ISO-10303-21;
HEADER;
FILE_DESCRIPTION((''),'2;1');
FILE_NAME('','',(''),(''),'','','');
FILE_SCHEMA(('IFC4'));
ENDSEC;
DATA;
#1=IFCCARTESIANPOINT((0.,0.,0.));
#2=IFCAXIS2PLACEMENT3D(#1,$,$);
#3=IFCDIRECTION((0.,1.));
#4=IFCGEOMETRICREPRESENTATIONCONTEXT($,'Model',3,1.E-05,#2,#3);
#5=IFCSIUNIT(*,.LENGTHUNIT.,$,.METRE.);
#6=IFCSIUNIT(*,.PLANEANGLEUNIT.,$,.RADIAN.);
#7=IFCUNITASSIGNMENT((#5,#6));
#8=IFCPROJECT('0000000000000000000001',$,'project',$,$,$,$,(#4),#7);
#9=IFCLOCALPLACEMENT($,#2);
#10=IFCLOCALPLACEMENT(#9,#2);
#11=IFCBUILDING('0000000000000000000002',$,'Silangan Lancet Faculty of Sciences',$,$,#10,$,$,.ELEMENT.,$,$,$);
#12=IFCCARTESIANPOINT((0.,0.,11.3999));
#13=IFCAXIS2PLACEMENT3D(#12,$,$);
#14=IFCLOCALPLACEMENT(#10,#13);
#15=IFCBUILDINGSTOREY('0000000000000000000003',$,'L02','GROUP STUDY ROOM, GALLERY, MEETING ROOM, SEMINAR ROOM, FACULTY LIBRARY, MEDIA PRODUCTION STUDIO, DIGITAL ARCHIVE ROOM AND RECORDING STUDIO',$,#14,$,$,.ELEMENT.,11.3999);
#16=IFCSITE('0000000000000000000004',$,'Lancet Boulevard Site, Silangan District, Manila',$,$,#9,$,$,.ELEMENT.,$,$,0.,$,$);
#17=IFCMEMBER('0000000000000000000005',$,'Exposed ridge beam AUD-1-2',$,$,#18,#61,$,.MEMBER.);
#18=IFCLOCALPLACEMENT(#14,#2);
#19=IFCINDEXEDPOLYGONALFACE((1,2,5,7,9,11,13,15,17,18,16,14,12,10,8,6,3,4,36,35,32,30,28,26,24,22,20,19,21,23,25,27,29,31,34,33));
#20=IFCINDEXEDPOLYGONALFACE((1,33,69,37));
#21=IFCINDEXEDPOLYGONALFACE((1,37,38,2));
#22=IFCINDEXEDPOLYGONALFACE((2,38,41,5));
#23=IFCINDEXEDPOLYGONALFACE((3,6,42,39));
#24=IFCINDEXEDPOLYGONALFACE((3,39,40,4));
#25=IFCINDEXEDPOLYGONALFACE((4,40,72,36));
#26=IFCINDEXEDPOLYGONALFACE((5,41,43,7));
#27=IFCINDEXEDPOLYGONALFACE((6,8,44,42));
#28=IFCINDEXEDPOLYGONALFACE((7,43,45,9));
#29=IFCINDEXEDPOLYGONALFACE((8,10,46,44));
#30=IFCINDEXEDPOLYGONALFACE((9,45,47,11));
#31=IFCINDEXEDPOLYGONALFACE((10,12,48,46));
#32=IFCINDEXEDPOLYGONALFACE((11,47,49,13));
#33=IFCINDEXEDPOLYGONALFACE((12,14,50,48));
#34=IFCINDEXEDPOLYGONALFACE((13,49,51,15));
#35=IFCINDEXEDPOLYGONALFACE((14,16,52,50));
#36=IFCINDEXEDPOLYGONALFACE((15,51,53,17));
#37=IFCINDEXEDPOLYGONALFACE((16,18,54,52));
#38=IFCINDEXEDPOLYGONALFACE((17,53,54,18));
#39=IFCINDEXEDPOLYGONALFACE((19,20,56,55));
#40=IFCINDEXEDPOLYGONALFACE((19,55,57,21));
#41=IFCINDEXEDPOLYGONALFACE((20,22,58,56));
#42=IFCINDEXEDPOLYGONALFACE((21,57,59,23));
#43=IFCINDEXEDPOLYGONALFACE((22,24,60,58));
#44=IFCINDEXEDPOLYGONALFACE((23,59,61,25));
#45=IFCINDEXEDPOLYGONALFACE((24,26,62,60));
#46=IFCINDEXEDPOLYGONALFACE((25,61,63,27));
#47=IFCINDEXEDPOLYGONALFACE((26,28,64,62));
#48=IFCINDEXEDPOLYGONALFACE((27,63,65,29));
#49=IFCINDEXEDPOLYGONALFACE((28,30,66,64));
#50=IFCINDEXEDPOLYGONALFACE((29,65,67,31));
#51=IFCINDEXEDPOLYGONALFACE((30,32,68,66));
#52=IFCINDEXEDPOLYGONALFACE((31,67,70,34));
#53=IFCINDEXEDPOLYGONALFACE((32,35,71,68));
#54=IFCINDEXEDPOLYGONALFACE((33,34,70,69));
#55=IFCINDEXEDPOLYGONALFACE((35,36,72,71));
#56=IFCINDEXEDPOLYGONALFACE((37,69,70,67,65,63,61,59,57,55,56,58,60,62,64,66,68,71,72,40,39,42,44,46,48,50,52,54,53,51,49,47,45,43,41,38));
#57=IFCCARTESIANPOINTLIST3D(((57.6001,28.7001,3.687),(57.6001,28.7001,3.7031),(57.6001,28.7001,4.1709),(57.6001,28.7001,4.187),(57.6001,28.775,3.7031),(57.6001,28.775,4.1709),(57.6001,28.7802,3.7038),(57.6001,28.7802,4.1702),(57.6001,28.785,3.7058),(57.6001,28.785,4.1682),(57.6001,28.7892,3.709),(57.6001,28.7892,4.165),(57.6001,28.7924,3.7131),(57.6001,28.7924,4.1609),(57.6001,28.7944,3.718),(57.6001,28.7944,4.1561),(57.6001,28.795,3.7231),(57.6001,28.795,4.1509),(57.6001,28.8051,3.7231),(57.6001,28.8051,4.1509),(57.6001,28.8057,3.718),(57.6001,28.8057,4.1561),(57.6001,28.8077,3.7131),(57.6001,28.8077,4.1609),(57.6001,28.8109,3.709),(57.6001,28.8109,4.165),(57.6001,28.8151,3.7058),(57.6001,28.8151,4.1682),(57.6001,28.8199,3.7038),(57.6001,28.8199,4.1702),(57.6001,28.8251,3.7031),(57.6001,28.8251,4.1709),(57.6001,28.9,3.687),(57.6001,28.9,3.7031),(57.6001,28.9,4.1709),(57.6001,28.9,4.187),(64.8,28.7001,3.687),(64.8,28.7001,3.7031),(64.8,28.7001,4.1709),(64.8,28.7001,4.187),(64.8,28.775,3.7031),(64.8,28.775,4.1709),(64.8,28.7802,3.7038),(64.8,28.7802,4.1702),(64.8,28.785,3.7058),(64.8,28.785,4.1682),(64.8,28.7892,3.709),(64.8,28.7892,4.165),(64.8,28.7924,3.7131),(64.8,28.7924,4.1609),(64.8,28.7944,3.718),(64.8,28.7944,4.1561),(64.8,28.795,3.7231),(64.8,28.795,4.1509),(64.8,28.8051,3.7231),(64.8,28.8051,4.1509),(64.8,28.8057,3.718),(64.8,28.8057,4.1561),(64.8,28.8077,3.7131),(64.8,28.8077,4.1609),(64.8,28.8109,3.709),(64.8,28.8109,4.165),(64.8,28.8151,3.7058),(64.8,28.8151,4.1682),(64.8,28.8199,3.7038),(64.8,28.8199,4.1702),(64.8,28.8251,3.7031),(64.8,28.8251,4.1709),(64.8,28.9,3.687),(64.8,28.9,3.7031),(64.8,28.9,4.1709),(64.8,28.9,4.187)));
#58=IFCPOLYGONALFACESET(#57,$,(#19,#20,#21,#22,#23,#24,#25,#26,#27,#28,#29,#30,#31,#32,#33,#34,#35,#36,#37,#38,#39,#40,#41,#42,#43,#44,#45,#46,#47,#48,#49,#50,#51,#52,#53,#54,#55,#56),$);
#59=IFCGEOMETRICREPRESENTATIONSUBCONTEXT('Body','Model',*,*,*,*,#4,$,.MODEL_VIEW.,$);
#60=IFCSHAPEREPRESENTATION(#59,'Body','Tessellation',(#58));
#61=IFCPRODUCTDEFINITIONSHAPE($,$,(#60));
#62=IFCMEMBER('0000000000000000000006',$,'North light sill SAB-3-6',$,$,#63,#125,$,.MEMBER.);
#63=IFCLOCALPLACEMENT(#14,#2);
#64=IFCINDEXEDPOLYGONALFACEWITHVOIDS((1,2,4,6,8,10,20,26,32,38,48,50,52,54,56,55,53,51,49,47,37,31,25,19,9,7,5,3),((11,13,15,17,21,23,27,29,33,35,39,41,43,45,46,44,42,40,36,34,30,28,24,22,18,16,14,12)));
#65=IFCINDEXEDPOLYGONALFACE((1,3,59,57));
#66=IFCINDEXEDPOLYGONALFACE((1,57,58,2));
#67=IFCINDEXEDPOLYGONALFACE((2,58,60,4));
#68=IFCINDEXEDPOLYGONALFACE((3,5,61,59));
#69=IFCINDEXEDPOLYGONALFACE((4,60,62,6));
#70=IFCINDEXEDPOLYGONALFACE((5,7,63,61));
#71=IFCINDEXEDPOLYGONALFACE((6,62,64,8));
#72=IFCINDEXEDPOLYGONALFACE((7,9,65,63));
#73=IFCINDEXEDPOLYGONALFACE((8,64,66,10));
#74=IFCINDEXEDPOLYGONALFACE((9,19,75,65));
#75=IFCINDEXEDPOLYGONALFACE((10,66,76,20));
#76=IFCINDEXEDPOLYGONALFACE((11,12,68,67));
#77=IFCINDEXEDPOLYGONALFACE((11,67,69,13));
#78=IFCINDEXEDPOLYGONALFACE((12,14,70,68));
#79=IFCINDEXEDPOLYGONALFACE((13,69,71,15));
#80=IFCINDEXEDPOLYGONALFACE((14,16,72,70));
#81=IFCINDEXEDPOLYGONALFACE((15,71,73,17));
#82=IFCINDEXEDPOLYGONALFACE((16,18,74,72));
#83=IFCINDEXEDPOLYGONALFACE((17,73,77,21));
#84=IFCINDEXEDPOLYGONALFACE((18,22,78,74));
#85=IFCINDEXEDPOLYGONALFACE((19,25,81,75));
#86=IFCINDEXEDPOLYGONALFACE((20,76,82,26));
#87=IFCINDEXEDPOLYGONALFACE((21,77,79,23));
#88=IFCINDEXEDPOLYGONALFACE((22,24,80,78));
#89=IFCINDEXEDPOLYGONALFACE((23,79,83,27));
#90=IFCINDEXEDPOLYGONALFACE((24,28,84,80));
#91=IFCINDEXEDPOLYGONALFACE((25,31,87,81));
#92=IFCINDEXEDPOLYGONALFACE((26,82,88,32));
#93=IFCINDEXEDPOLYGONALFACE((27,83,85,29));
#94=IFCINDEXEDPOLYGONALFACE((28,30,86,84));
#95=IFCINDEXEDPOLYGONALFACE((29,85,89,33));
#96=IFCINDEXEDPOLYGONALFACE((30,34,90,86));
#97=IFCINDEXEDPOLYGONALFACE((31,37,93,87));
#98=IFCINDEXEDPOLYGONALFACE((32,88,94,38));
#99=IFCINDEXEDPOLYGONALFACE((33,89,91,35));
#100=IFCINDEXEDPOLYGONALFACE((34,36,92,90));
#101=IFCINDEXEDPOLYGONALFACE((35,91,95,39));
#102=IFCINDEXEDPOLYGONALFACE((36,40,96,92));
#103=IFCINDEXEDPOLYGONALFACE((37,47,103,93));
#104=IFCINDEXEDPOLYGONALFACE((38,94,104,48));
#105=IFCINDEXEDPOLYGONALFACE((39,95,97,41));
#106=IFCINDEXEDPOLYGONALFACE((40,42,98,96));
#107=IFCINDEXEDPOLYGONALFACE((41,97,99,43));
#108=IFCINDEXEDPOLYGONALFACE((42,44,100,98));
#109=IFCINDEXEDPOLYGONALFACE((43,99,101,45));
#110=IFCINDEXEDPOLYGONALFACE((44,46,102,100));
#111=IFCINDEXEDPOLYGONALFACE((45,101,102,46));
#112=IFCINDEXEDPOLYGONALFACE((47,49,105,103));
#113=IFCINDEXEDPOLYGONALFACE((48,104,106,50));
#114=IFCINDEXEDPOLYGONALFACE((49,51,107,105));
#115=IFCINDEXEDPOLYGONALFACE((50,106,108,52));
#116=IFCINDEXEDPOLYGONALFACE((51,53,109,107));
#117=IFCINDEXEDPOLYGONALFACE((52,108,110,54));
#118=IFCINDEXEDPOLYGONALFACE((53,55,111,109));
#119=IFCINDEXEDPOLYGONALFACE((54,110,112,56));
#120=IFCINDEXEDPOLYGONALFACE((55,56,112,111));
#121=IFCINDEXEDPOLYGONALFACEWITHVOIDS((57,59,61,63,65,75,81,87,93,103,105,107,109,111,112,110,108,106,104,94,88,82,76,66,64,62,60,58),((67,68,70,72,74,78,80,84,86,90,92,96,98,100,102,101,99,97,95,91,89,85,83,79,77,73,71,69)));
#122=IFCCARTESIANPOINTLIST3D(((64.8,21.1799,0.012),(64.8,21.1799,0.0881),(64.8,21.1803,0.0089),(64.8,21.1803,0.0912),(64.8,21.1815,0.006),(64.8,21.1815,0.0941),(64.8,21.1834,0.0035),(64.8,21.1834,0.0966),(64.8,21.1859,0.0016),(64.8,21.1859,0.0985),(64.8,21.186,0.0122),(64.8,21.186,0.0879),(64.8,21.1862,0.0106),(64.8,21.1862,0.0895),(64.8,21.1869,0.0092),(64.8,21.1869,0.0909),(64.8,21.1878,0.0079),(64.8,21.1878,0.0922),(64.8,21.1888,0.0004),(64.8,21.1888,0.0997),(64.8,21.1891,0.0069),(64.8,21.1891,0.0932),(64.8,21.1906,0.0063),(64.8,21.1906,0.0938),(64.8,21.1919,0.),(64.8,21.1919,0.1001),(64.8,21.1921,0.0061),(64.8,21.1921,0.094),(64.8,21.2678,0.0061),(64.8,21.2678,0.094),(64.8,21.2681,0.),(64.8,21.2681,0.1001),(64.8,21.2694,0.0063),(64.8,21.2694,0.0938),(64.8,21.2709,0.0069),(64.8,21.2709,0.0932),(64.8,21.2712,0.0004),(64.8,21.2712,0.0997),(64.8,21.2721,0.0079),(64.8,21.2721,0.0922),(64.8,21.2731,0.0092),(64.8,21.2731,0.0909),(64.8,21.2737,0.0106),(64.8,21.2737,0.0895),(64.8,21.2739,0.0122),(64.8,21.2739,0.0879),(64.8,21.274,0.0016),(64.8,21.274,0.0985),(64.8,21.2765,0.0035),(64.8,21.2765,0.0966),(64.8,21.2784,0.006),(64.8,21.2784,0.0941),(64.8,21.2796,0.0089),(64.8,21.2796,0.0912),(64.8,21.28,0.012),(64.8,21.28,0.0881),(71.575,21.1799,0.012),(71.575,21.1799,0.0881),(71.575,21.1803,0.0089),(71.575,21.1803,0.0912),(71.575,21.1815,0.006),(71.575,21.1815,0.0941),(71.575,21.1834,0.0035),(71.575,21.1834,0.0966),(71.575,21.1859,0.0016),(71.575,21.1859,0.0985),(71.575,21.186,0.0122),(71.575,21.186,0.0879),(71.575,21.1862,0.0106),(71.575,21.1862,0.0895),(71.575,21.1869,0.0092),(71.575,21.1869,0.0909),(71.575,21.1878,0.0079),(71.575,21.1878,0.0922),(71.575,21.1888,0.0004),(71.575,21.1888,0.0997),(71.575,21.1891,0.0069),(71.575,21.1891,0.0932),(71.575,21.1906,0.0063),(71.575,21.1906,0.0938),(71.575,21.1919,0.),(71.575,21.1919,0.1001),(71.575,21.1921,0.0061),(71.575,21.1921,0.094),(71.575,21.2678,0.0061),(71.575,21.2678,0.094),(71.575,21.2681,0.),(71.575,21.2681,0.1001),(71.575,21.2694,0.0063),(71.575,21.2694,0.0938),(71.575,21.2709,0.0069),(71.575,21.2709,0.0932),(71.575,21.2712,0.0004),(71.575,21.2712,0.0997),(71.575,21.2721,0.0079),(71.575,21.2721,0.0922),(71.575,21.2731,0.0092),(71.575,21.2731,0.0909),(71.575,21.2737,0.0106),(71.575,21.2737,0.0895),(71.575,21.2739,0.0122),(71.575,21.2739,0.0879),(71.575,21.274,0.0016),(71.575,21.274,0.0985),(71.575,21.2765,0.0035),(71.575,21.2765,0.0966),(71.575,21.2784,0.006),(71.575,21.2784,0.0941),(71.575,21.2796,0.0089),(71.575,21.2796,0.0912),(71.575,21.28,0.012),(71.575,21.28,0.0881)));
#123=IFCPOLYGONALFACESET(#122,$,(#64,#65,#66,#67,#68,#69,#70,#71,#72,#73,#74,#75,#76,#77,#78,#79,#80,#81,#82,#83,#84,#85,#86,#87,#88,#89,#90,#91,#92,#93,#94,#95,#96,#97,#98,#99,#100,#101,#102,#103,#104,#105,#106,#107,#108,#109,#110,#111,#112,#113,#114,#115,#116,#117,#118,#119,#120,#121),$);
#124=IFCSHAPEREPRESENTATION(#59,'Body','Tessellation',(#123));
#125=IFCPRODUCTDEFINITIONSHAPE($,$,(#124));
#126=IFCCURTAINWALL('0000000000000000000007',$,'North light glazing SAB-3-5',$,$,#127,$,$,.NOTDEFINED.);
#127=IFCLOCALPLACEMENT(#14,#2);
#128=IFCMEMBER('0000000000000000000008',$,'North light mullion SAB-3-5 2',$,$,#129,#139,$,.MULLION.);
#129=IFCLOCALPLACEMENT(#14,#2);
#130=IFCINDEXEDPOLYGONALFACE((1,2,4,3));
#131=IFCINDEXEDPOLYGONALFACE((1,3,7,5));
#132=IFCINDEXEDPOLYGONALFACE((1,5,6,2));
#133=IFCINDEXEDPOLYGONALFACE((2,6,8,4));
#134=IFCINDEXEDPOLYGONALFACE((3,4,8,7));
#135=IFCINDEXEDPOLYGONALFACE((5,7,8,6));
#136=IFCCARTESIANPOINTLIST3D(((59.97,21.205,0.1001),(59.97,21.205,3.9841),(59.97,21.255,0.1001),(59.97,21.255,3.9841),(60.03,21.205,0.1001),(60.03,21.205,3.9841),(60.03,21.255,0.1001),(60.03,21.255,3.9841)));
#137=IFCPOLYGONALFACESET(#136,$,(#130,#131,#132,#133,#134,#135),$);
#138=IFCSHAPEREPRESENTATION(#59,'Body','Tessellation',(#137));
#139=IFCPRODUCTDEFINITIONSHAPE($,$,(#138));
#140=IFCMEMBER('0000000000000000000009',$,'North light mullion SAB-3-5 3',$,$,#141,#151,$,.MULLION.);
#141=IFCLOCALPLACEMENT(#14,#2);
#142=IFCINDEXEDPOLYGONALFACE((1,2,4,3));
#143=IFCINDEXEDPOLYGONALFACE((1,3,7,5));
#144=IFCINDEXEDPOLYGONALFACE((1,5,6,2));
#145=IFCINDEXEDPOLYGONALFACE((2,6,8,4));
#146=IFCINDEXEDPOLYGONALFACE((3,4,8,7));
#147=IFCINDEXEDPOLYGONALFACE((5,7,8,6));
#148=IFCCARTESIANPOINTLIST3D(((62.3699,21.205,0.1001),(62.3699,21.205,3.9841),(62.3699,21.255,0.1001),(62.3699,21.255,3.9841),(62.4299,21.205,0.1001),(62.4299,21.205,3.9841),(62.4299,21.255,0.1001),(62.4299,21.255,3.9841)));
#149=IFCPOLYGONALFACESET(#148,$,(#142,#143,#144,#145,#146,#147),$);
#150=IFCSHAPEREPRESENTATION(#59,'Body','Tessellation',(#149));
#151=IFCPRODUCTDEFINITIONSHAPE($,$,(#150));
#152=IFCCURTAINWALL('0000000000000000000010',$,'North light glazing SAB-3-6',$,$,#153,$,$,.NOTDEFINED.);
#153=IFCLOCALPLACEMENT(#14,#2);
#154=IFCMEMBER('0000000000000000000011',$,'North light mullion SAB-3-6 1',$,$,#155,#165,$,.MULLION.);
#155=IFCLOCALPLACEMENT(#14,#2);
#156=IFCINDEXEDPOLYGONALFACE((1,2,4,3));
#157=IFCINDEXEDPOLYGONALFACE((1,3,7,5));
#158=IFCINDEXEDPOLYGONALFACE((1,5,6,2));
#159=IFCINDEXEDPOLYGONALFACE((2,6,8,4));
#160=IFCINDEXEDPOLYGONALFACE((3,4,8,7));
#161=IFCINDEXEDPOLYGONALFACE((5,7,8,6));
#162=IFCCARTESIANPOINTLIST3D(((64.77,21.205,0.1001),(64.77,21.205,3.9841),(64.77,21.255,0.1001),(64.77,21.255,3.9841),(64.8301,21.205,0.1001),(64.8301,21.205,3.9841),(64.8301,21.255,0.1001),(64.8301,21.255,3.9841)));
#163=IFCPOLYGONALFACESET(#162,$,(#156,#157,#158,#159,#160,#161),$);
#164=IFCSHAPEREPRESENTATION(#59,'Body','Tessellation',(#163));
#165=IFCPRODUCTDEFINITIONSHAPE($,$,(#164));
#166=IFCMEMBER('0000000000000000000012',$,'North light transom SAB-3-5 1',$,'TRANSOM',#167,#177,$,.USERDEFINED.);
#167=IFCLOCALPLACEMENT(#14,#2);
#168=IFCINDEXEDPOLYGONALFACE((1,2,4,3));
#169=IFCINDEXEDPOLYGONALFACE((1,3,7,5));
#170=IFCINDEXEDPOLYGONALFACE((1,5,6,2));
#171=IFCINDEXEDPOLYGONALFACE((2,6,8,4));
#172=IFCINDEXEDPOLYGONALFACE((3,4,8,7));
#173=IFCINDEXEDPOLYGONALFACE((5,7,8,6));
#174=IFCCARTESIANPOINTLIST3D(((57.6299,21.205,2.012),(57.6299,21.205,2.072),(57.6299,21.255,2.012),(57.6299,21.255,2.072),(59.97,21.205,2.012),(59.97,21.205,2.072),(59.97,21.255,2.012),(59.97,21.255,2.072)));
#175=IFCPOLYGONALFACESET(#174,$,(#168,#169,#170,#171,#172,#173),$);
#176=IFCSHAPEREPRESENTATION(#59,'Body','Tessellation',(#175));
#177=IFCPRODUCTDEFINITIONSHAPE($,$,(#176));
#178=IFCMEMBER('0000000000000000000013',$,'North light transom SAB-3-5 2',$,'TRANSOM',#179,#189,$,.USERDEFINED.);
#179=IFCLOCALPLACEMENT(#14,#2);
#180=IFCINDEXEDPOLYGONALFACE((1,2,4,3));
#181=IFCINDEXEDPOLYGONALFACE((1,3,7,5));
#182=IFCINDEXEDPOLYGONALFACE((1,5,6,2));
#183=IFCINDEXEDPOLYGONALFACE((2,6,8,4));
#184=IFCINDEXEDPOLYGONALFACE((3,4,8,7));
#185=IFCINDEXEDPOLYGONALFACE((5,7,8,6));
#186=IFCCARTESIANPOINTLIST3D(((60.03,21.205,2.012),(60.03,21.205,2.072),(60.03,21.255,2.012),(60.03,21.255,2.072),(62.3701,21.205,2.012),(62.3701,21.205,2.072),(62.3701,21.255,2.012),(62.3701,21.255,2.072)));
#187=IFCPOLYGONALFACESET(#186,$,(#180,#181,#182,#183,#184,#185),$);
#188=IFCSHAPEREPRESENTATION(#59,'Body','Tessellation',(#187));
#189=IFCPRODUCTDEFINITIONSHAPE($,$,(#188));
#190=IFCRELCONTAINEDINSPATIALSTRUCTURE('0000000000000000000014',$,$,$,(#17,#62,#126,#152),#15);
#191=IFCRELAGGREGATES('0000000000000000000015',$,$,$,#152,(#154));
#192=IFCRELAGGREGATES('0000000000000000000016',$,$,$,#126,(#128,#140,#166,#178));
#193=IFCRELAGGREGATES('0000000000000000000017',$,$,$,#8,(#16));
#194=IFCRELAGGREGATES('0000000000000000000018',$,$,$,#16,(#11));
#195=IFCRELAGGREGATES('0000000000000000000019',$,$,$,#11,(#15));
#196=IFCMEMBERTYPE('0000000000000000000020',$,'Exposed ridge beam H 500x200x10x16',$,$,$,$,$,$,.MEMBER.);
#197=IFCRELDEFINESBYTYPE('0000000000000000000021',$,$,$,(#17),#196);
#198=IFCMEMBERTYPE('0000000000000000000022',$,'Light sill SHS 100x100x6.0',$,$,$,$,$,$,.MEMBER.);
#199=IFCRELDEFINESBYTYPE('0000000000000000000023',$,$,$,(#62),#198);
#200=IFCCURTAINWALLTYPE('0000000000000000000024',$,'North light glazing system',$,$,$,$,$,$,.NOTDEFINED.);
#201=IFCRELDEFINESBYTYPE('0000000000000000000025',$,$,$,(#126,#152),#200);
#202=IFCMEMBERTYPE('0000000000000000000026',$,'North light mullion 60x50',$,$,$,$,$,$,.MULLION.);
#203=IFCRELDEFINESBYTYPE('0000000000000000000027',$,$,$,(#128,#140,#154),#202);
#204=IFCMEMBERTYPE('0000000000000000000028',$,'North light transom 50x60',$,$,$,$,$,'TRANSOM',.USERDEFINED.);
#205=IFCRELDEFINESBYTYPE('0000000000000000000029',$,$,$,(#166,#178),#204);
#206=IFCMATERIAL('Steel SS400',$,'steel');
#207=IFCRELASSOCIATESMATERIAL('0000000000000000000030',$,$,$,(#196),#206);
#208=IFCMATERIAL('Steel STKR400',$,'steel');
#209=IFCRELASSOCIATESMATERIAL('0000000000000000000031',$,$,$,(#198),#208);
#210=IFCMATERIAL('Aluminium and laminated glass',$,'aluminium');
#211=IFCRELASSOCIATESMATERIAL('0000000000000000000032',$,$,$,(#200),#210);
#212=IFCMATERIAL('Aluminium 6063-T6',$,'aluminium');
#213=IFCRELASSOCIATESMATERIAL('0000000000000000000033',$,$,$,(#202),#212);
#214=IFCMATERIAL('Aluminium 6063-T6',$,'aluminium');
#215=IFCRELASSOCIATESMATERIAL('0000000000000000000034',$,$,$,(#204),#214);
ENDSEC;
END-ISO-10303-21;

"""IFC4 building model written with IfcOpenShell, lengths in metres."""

from ifc_helpers import new_model, si_unit, direction, frame, origin, origin_2d, place, context, subcontext, project, spatial, rectangle, hollow_rectangle, i_section, extrude, material, material_profile, profile_set, type_object, element, aggregate, save


model = new_model("IFC4")

# Units and contexts
model_context = context("Model", 3, precision=1e-05, world=origin(), true_north=direction((0.0, 1.0)))
body_context = subcontext(model_context, "Body", "Model", "MODEL_VIEW")
ifc_project = project(units=[si_unit("LENGTHUNIT", "METRE"), si_unit("PLANEANGLEUNIT", "RADIAN")], contexts=[model_context])

# Site, building, storey
site_placement = place(None, origin())
site = spatial("IfcSite", under=ifc_project, at=site_placement, Name="Lancet Boulevard Site, Silangan District, Manila", CompositionType="ELEMENT", RefElevation=0.0)
building_placement = place(site_placement, origin())
building = spatial("IfcBuilding", under=site, at=building_placement, Name="Silangan Lancet Faculty of Sciences", CompositionType="ELEMENT")
storey_placement = place(building_placement, frame((0.0, 0.0, 11.3999)))
storey = spatial("IfcBuildingStorey", under=building, at=storey_placement, Name="L02", Description="GROUP STUDY ROOM, GALLERY, MEETING ROOM, SEMINAR ROOM, FACULTY LIBRARY, MEDIA PRODUCTION STUDIO, DIGITAL ARCHIVE ROOM AND RECORDING STUDIO", CompositionType="ELEMENT", Elevation=11.3999)

# Members
ifc_material_1 = material(Name="Steel SS400", Category="steel")
ifc_material_profile_1 = material_profile(ifc_material_1, i_section(OverallWidth=0.2, OverallDepth=0.5, WebThickness=0.01, FlangeThickness=0.0161, FilletRadius=0.02, at=origin_2d()), Name="H 500x200x10x16")
ifc_profile_set_1 = profile_set([ifc_material_profile_1], Name="Steel SS400")
member_type_1 = type_object("IfcMemberType", Name="Exposed ridge beam H 500x200x10x16", PredefinedType="MEMBER", material=ifc_profile_set_1)
member_1_placement = place(storey_placement, frame((57.6001, 28.8, 3.937), z_axis=(1.0, 0.0, 0.0), x_axis=(0.0, 1.0, 0.0)))
element("IfcMember", 1, at=member_1_placement, inside=storey, type_object=member_type_1, Name="Exposed ridge beam AUD-1-2", PredefinedType="MEMBER", context=body_context, shape_type="SweptSolid", body=[
    extrude(i_section(OverallWidth=0.2, OverallDepth=0.5, WebThickness=0.01, FlangeThickness=0.0161, FilletRadius=0.02, at=origin_2d()), origin(), (0.0, 0.0, 1.0), 7.2),
])
ifc_material_2 = material(Name="Steel STKR400", Category="steel")
ifc_material_profile_2 = material_profile(ifc_material_2, hollow_rectangle(XDim=0.1001, YDim=0.1001, WallThickness=0.0061, InnerFilletRadius=0.0061, OuterFilletRadius=0.012, at=origin_2d()), Name="SHS 100x100x6.0")
ifc_profile_set_2 = profile_set([ifc_material_profile_2], Name="Steel STKR400")
member_type_2 = type_object("IfcMemberType", Name="Light sill SHS 100x100x6.0", PredefinedType="MEMBER", material=ifc_profile_set_2)
member_2_placement = place(storey_placement, frame((64.8, 21.23, 0.05), z_axis=(1.0, 0.0, 0.0), x_axis=(0.0, 1.0, 0.0)))
element("IfcMember", 2, at=member_2_placement, inside=storey, type_object=member_type_2, Name="North light sill SAB-3-6", PredefinedType="MEMBER", context=body_context, shape_type="SweptSolid", body=[
    extrude(hollow_rectangle(XDim=0.1001, YDim=0.1001, WallThickness=0.0061, InnerFilletRadius=0.0061, OuterFilletRadius=0.012, at=origin_2d()), origin(), (0.0, 0.0, 1.0), 6.7749),
])

# Curtain wall, members
ifc_material_3 = material(Name="Aluminium and laminated glass", Category="aluminium")
curtain_wall_type = type_object("IfcCurtainWallType", Name="North light glazing system", PredefinedType="NOTDEFINED", material=ifc_material_3)
curtain_wall_1_placement = place(storey_placement, origin())
curtain_wall_1 = element("IfcCurtainWall", 3, at=curtain_wall_1_placement, inside=storey, type_object=curtain_wall_type, Name="North light glazing SAB-3-5", PredefinedType="NOTDEFINED")
ifc_material_4 = material(Name="Aluminium 6063-T6", Category="aluminium")
ifc_material_profile_3 = material_profile(ifc_material_4, rectangle(XDim=0.0601, YDim=0.05, at=origin_2d()), Name="AL 60x50")
ifc_profile_set_3 = profile_set([ifc_material_profile_3], Name="Aluminium 6063-T6")
member_type_3 = type_object("IfcMemberType", Name="North light mullion 60x50", PredefinedType="MULLION", material=ifc_profile_set_3)
member_3_placement = place(storey_placement, frame((60.0, 21.23, 0.1001), z_axis=(0.0, 0.0, 1.0), x_axis=(1.0, 0.0, 0.0)))
member_3 = element("IfcMember", 4, at=member_3_placement, type_object=member_type_3, Name="North light mullion SAB-3-5 2", PredefinedType="MULLION", context=body_context, shape_type="SweptSolid", body=[
    extrude(rectangle(XDim=0.0601, YDim=0.05, at=origin_2d()), origin(), (0.0, 0.0, 1.0), 3.884),
])
member_4_placement = place(storey_placement, frame((62.3999, 21.23, 0.1001), z_axis=(0.0, 0.0, 1.0), x_axis=(1.0, 0.0, 0.0)))
member_4 = element("IfcMember", 5, at=member_4_placement, type_object=member_type_3, Name="North light mullion SAB-3-5 3", PredefinedType="MULLION", context=body_context, shape_type="SweptSolid", body=[
    extrude(rectangle(XDim=0.0601, YDim=0.05, at=origin_2d()), origin(), (0.0, 0.0, 1.0), 3.884),
])

# Curtain wall, member
curtain_wall_2_placement = place(storey_placement, origin())
curtain_wall_2 = element("IfcCurtainWall", 6, at=curtain_wall_2_placement, inside=storey, type_object=curtain_wall_type, Name="North light glazing SAB-3-6", PredefinedType="NOTDEFINED")
member_5_placement = place(storey_placement, frame((64.8, 21.23, 0.1001), z_axis=(0.0, 0.0, 1.0), x_axis=(1.0, 0.0, 0.0)))
member_5 = element("IfcMember", 7, at=member_5_placement, type_object=member_type_3, Name="North light mullion SAB-3-6 1", PredefinedType="MULLION", context=body_context, shape_type="SweptSolid", body=[
    extrude(rectangle(XDim=0.0601, YDim=0.05, at=origin_2d()), origin(), (0.0, 0.0, 1.0), 3.884),
])
aggregate(curtain_wall_2, [member_5])

# Members
ifc_material_5 = material(Name="Aluminium 6063-T6", Category="aluminium")
ifc_material_profile_4 = material_profile(ifc_material_5, rectangle(XDim=0.05, YDim=0.0601, at=origin_2d()), Name="AL 50x60")
ifc_profile_set_4 = profile_set([ifc_material_profile_4], Name="Aluminium 6063-T6")
member_type_4 = type_object("IfcMemberType", Name="North light transom 50x60", ElementType="TRANSOM", PredefinedType="USERDEFINED", material=ifc_profile_set_4)
member_6_placement = place(storey_placement, frame((57.6299, 21.23, 2.042), z_axis=(1.0, 0.0, 0.0), x_axis=(0.0, 1.0, 0.0)))
member_6 = element("IfcMember", 8, at=member_6_placement, type_object=member_type_4, Name="North light transom SAB-3-5 1", ObjectType="TRANSOM", PredefinedType="USERDEFINED", context=body_context, shape_type="SweptSolid", body=[
    extrude(rectangle(XDim=0.05, YDim=0.0601, at=origin_2d()), origin(), (0.0, 0.0, 1.0), 2.3401),
])
member_7_placement = place(storey_placement, frame((60.03, 21.23, 2.042), z_axis=(1.0, 0.0, 0.0), x_axis=(0.0, 1.0, 0.0)))
member_7 = element("IfcMember", 9, at=member_7_placement, type_object=member_type_4, Name="North light transom SAB-3-5 2", ObjectType="TRANSOM", PredefinedType="USERDEFINED", context=body_context, shape_type="SweptSolid", body=[
    extrude(rectangle(XDim=0.05, YDim=0.0601, at=origin_2d()), origin(), (0.0, 0.0, 1.0), 2.3401),
])

aggregate(curtain_wall_1, [member_3, member_4, member_6, member_7])

save(model, "model.ifc")
